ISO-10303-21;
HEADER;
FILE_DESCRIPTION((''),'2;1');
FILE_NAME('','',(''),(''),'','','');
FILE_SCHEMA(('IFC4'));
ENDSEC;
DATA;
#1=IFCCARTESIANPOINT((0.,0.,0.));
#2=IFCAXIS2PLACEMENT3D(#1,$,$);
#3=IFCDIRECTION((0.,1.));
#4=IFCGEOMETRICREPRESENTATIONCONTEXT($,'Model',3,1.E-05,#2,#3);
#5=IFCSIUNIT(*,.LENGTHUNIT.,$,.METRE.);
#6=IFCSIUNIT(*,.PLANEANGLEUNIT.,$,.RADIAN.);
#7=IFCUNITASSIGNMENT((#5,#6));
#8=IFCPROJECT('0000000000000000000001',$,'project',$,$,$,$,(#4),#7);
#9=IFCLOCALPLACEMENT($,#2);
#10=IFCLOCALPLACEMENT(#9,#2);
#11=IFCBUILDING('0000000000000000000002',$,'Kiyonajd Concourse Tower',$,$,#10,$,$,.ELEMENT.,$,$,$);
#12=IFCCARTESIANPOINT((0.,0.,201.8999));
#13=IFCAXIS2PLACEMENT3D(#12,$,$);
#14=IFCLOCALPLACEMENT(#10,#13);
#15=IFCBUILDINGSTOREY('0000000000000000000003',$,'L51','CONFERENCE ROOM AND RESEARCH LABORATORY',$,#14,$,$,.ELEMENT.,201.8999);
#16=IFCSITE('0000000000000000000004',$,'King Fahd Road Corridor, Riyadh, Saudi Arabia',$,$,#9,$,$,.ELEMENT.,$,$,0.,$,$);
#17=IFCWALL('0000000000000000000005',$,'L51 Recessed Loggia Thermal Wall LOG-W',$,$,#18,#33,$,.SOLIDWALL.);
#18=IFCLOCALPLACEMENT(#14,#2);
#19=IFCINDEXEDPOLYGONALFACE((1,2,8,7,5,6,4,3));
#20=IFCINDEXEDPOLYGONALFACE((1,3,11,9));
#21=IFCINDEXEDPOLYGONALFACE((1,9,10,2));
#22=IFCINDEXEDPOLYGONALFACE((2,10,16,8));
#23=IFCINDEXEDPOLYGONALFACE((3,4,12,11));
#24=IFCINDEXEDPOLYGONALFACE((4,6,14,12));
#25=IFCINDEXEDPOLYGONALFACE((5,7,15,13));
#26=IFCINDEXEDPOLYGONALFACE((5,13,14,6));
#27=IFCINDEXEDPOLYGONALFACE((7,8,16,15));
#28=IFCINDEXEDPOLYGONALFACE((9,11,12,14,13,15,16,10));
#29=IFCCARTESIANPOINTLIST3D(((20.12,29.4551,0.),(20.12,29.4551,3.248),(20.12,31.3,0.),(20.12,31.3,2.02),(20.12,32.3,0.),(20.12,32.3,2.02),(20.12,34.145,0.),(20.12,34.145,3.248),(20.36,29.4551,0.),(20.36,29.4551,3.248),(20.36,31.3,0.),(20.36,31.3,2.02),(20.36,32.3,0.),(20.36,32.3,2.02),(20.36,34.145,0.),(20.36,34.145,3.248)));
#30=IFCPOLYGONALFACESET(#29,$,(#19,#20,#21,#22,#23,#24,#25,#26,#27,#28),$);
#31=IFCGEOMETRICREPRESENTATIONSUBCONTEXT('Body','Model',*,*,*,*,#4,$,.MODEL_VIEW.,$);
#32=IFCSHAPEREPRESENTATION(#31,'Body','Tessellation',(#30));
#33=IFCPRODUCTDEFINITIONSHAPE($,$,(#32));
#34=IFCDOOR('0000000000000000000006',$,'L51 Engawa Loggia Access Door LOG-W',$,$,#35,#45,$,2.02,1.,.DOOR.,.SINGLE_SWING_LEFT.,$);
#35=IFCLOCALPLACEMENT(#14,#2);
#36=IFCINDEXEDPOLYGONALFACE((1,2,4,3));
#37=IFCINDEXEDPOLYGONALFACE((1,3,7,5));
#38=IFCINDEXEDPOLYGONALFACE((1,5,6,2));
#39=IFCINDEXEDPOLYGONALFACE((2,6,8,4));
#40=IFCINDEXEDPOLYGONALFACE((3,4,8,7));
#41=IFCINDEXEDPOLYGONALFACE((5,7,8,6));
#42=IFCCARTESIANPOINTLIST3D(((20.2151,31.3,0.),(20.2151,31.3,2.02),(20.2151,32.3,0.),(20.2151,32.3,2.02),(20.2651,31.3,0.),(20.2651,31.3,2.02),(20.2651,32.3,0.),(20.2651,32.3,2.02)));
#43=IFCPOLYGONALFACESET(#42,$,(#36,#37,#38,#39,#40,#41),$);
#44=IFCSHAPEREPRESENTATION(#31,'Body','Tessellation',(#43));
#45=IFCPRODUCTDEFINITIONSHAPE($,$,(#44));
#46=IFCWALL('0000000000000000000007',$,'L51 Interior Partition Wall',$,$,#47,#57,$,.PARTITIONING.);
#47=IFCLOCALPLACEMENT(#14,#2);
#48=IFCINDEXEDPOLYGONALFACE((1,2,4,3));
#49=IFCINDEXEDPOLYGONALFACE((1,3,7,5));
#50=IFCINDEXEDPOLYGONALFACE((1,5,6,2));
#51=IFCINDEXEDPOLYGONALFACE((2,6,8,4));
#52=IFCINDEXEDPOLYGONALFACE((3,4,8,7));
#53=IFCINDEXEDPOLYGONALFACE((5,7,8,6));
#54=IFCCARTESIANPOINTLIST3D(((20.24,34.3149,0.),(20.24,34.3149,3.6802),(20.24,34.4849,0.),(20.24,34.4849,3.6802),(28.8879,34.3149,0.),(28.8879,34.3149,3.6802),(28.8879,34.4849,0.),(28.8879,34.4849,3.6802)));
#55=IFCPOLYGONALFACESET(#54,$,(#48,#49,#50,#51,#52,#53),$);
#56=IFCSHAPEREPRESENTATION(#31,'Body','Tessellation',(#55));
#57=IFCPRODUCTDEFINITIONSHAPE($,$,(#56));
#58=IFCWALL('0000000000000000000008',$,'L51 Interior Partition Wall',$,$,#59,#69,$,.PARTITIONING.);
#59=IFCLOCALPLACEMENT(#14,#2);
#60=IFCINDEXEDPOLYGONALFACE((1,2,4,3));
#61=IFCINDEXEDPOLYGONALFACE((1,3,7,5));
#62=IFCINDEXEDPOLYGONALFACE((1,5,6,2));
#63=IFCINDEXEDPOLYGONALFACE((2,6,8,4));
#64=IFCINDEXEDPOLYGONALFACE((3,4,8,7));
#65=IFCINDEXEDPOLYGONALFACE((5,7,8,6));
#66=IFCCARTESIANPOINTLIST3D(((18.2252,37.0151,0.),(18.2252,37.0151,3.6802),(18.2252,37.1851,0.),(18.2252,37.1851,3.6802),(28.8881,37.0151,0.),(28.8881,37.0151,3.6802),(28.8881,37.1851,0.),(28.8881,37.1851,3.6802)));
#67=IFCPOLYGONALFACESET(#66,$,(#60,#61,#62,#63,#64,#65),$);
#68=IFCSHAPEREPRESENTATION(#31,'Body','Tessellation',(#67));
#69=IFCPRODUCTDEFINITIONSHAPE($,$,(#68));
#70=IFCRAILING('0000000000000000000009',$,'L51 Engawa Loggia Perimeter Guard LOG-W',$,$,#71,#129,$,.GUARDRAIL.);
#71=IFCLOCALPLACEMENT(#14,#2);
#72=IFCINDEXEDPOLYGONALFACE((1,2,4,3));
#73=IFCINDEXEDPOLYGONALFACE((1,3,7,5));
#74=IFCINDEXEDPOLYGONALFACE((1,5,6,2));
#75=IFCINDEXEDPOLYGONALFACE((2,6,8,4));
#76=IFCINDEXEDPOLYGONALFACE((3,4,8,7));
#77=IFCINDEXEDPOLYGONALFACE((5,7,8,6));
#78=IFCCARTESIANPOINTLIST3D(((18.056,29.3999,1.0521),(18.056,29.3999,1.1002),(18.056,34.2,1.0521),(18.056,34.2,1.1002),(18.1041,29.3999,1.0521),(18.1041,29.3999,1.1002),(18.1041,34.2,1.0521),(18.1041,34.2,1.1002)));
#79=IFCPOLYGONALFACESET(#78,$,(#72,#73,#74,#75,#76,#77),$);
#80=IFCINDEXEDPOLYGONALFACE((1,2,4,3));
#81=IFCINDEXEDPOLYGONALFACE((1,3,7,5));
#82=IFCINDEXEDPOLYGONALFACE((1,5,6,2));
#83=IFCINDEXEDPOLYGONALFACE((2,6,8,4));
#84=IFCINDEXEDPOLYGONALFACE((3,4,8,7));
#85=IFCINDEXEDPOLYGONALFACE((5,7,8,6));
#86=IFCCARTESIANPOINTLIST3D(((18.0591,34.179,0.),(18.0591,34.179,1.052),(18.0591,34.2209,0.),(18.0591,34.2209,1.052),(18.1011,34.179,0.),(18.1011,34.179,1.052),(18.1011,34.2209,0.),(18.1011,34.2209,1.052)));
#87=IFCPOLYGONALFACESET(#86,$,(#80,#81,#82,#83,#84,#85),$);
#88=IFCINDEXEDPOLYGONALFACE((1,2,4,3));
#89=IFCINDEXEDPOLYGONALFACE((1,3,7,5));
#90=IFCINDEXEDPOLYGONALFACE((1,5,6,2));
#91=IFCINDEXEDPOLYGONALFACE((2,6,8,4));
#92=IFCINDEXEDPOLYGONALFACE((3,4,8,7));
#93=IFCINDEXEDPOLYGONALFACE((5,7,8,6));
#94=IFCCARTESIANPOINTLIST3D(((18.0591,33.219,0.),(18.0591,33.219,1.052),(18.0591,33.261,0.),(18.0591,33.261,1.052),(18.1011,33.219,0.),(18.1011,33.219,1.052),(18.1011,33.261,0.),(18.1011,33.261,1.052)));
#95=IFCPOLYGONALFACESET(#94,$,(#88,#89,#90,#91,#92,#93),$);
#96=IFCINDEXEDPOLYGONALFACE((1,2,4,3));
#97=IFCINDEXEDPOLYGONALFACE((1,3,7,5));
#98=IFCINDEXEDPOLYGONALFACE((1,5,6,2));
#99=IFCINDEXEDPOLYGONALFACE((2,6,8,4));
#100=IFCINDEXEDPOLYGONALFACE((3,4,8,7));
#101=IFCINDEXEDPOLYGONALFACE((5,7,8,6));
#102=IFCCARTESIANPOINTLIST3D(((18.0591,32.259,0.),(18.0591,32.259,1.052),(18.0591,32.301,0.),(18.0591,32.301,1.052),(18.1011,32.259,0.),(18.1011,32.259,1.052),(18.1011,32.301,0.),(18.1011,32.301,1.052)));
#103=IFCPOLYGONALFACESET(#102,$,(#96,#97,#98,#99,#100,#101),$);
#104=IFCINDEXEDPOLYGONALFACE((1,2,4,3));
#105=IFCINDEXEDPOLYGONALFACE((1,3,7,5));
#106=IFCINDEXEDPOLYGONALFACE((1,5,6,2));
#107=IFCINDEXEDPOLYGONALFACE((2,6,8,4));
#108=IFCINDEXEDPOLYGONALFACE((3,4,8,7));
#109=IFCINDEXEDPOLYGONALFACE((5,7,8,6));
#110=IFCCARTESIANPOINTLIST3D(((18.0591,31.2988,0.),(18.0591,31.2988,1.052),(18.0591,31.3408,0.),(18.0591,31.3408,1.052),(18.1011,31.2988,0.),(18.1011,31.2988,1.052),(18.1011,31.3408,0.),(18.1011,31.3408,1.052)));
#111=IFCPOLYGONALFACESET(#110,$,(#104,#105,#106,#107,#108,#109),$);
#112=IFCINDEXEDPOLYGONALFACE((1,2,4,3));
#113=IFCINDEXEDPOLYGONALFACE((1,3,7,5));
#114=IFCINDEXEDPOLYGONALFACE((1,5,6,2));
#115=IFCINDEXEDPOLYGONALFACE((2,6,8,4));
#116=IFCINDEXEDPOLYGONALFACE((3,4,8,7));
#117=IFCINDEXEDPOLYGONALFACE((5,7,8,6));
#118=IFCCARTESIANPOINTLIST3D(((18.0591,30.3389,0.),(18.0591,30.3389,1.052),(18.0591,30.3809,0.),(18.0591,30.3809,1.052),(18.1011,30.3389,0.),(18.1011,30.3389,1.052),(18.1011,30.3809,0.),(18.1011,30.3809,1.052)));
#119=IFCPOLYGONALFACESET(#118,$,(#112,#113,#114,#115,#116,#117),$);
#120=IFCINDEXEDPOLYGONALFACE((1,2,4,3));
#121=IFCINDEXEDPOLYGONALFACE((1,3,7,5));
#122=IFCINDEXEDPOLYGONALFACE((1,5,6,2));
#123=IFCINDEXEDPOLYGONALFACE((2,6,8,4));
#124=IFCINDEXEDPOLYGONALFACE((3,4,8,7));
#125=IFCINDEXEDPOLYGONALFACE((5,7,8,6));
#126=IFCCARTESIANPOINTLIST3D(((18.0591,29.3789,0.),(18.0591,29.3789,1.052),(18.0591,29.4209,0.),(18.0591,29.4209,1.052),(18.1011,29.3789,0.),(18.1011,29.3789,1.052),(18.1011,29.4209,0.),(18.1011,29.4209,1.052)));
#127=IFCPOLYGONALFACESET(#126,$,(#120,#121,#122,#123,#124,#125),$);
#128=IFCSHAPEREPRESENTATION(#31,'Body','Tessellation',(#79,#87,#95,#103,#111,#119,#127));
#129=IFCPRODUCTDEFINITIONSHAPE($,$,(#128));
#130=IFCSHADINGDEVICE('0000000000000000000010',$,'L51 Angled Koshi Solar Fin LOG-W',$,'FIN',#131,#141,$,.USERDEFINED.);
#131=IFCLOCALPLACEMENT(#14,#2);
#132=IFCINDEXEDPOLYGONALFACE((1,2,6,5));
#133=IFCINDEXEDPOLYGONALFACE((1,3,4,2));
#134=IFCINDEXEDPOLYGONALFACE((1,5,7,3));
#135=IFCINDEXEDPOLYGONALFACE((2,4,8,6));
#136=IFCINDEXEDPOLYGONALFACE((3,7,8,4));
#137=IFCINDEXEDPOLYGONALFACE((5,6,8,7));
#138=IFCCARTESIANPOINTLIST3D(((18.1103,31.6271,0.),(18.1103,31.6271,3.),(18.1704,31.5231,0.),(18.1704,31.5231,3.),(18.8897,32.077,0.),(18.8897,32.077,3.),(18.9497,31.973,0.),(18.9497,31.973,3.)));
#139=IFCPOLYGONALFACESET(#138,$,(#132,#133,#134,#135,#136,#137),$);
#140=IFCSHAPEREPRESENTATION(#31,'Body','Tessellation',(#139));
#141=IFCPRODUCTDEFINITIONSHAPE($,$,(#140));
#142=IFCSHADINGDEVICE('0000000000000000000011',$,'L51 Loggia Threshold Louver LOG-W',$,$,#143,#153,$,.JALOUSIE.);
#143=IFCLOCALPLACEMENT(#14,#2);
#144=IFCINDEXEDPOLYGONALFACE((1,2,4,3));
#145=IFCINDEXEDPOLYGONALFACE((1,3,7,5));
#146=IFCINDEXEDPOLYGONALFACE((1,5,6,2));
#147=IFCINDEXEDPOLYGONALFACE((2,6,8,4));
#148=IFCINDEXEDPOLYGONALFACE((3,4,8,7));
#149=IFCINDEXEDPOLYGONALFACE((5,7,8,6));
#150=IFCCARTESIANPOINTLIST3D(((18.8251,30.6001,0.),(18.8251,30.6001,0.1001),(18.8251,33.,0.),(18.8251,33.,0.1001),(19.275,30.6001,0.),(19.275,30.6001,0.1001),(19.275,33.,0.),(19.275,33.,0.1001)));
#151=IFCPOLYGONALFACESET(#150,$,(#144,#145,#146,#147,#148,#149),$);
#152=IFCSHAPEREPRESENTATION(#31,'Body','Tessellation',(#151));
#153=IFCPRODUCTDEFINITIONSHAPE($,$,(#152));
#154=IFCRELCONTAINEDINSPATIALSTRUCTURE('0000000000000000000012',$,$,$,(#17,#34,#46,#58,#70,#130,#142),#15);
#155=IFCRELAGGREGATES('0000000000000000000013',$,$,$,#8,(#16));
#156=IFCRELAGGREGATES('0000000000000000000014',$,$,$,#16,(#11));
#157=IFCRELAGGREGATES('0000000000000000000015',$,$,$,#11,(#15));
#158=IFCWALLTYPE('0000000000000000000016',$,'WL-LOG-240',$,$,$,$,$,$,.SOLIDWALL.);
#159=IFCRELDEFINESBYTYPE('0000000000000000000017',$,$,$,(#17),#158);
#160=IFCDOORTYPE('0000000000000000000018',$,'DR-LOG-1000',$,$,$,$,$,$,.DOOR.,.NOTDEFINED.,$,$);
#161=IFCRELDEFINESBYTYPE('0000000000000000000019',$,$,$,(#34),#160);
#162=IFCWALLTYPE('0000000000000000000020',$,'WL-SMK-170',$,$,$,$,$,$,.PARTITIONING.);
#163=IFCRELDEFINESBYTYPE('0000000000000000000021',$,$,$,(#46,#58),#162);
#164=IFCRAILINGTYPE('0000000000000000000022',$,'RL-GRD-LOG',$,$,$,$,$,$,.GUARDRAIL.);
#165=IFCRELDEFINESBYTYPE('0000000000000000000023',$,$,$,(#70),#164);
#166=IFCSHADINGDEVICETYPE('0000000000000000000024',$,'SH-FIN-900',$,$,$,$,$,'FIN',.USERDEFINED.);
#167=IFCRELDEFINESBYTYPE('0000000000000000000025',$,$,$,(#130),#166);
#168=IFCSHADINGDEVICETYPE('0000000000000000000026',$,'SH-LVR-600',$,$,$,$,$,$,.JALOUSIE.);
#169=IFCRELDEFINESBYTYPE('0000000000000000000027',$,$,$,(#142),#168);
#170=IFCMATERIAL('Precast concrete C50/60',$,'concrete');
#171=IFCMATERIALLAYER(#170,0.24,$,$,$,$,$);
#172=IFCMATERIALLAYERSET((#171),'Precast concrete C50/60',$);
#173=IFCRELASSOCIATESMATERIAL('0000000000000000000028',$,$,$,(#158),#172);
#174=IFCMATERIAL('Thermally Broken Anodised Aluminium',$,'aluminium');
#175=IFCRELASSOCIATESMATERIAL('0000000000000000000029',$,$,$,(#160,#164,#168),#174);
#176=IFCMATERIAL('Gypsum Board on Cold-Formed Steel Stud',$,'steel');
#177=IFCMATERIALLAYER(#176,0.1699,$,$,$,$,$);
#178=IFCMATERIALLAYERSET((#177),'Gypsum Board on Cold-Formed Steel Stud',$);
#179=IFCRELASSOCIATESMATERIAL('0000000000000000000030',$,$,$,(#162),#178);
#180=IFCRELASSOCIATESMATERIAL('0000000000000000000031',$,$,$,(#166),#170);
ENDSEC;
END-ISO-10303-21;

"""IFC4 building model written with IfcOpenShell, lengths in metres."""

from ifc_helpers import new_model, si_unit, direction, frame, frame_2d, origin, origin_2d, place, context, subcontext, project, spatial, rectangle, extrude, material, layer, layer_set, type_object, element, fill, save


model = new_model("IFC4")

# Units and contexts
model_context = context("Model", 3, precision=1e-05, world=origin(), true_north=direction((0.0, 1.0)))
body_context = subcontext(model_context, "Body", "Model", "MODEL_VIEW")
ifc_project = project(units=[si_unit("LENGTHUNIT", "METRE"), si_unit("PLANEANGLEUNIT", "RADIAN")], contexts=[model_context])

# Site, building, storey
site_placement = place(None, origin())
site = spatial("IfcSite", under=ifc_project, at=site_placement, Name="King Fahd Road Corridor, Riyadh, Saudi Arabia", CompositionType="ELEMENT", RefElevation=0.0)
building_placement = place(site_placement, origin())
building = spatial("IfcBuilding", under=site, at=building_placement, Name="Kiyonajd Concourse Tower", CompositionType="ELEMENT")
storey_placement = place(building_placement, frame((0.0, 0.0, 201.8999)))
storey = spatial("IfcBuildingStorey", under=building, at=storey_placement, Name="L51", Description="CONFERENCE ROOM AND RESEARCH LABORATORY", CompositionType="ELEMENT", Elevation=201.8999)

# Shared definitions
ifc_material_1 = material(Name="Thermally Broken Anodised Aluminium", Category="aluminium")

# Shared definitions
ifc_material_2 = material(Name="Precast concrete C50/60", Category="concrete")

# Wall, opening, door
ifc_layer_1 = layer(ifc_material_2, 0.24)
ifc_layer_set_1 = layer_set([ifc_layer_1], Name="Precast concrete C50/60")
wall_type_1 = type_object("IfcWallType", Name="WL-LOG-240", PredefinedType="SOLIDWALL", material=ifc_layer_set_1)
wall_1_placement = place(storey_placement, frame((20.24, 29.4551, 0.0), z_axis=(0.0, 0.0, 1.0), x_axis=(0.0, 1.0, 0.0)))
wall_1 = element("IfcWall", 1, at=wall_1_placement, inside=storey, type_object=wall_type_1, Name="L51 Recessed Loggia Thermal Wall LOG-W", PredefinedType="SOLIDWALL", context=body_context, shape_type="SweptSolid", body=[
    extrude(rectangle(XDim=4.6899, YDim=0.24, at=frame_2d((2.345, 0.0))), origin(), (0.0, 0.0, 1.0), 3.248),
])
opening_placement = place(wall_1_placement, frame((1.845, 0.0, 0.0)))
opening = element("IfcOpeningElement", 2, at=opening_placement, cuts=wall_1, PredefinedType="OPENING", context=body_context, shape_type="SweptSolid", body=[
    extrude(rectangle(XDim=1.0, YDim=2.02, at=frame_2d((0.5, 1.01))), frame((0.0, 0.1299, 0.0), z_axis=(0.0, -1.0, 0.0), x_axis=(1.0, 0.0, 0.0)), (0.0, 0.0, 1.0), 0.26),
])
door_type = type_object("IfcDoorType", Name="DR-LOG-1000", OperationType="NOTDEFINED", PredefinedType="DOOR", material=ifc_material_1)
door_placement = place(opening_placement, origin())
door = element("IfcDoor", 3, at=door_placement, inside=storey, type_object=door_type, Name="L51 Engawa Loggia Access Door LOG-W", OperationType="SINGLE_SWING_LEFT", OverallHeight=2.02, OverallWidth=1.0, PredefinedType="DOOR", context=body_context, shape_type="SweptSolid", body=[
    extrude(rectangle(XDim=1.0, YDim=2.02, at=frame_2d((0.5, 1.01))), frame((0.0, 0.0249, 0.0), z_axis=(0.0, -1.0, 0.0), x_axis=(1.0, 0.0, 0.0)), (0.0, 0.0, 1.0), 0.05),
])
fill(opening, door)

# Walls
ifc_material_3 = material(Name="Gypsum Board on Cold-Formed Steel Stud", Category="steel")
ifc_layer_2 = layer(ifc_material_3, 0.1699)
ifc_layer_set_2 = layer_set([ifc_layer_2], Name="Gypsum Board on Cold-Formed Steel Stud")
wall_type_2 = type_object("IfcWallType", Name="WL-SMK-170", PredefinedType="PARTITIONING", material=ifc_layer_set_2)
wall_2_placement = place(storey_placement, frame((20.24, 34.3999, 0.0), z_axis=(0.0, 0.0, 1.0), x_axis=(1.0, 0.0, 0.0)))
element("IfcWall", 4, at=wall_2_placement, inside=storey, type_object=wall_type_2, Name="L51 Interior Partition Wall", PredefinedType="PARTITIONING", context=body_context, shape_type="SweptSolid", body=[
    extrude(rectangle(XDim=8.6479, YDim=0.1699, at=frame_2d((4.324, 0.0))), origin(), (0.0, 0.0, 1.0), 3.6802),
])
wall_3_placement = place(storey_placement, frame((18.2251, 37.1001, 0.0), z_axis=(0.0, 0.0, 1.0), x_axis=(1.0, 0.0, 0.0)))
element("IfcWall", 5, at=wall_3_placement, inside=storey, type_object=wall_type_2, Name="L51 Interior Partition Wall", PredefinedType="PARTITIONING", context=body_context, shape_type="SweptSolid", body=[
    extrude(rectangle(XDim=10.6628, YDim=0.1699, at=frame_2d((5.3315, 0.0))), origin(), (0.0, 0.0, 1.0), 3.6802),
])

# Railing
railing_type = type_object("IfcRailingType", Name="RL-GRD-LOG", PredefinedType="GUARDRAIL", material=ifc_material_1)
railing_placement = place(storey_placement, frame((18.0801, 34.2, 0.0)))
element("IfcRailing", 6, at=railing_placement, inside=storey, type_object=railing_type, Name="L51 Engawa Loggia Perimeter Guard LOG-W", PredefinedType="GUARDRAIL", context=body_context, shape_type="SweptSolid", body=[
    extrude(rectangle(XDim=0.0481, YDim=0.0481, at=origin_2d()), frame((0.0, 0.0, 1.0762), z_axis=(0.0, -1.0, 0.0), x_axis=(1.0, 0.0, 0.0)), (0.0, 0.0, 1.0), 4.8),
    extrude(rectangle(XDim=0.042, YDim=0.042, at=origin_2d()), origin(), (0.0, 0.0, 1.0), 1.052),
    extrude(rectangle(XDim=0.042, YDim=0.042, at=origin_2d()), frame((0.0, -0.96, 0.0)), (0.0, 0.0, 1.0), 1.052),
    extrude(rectangle(XDim=0.042, YDim=0.042, at=origin_2d()), frame((0.0, -1.9199, 0.0)), (0.0, 0.0, 1.0), 1.052),
    extrude(rectangle(XDim=0.042, YDim=0.042, at=origin_2d()), frame((0.0, -2.8801, 0.0)), (0.0, 0.0, 1.0), 1.052),
    extrude(rectangle(XDim=0.042, YDim=0.042, at=origin_2d()), frame((0.0, -3.8401, 0.0)), (0.0, 0.0, 1.0), 1.052),
    extrude(rectangle(XDim=0.042, YDim=0.042, at=origin_2d()), frame((0.0, -4.8, 0.0)), (0.0, 0.0, 1.0), 1.052),
])

# Shading devices
shading_device_type_1 = type_object("IfcShadingDeviceType", Name="SH-FIN-900", ElementType="FIN", PredefinedType="USERDEFINED", material=ifc_material_2)
shading_device_1_placement = place(storey_placement, frame((18.53, 31.8, 0.0), z_axis=(0.0, 0.0, 1.0), x_axis=(0.866025, 0.5, 0.0)))
element("IfcShadingDevice", 7, at=shading_device_1_placement, inside=storey, type_object=shading_device_type_1, Name="L51 Angled Koshi Solar Fin LOG-W", ObjectType="FIN", PredefinedType="USERDEFINED", context=body_context, shape_type="SweptSolid", body=[
    extrude(rectangle(XDim=0.8999, YDim=0.1201, at=origin_2d()), origin(), (0.0, 0.0, 1.0), 3.0),
])
shading_device_type_2 = type_object("IfcShadingDeviceType", Name="SH-LVR-600", PredefinedType="JALOUSIE", material=ifc_material_1)
shading_device_2_placement = place(storey_placement, frame((19.05, 31.8, 0.0), z_axis=(0.0, 0.0, 1.0), x_axis=(0.0, 1.0, 0.0)))
element("IfcShadingDevice", 8, at=shading_device_2_placement, inside=storey, type_object=shading_device_type_2, Name="L51 Loggia Threshold Louver LOG-W", PredefinedType="JALOUSIE", context=body_context, shape_type="SweptSolid", body=[
    extrude(rectangle(XDim=2.3999, YDim=0.45, at=origin_2d()), origin(), (0.0, 0.0, 1.0), 0.1001),
])

save(model, "model.ifc")
